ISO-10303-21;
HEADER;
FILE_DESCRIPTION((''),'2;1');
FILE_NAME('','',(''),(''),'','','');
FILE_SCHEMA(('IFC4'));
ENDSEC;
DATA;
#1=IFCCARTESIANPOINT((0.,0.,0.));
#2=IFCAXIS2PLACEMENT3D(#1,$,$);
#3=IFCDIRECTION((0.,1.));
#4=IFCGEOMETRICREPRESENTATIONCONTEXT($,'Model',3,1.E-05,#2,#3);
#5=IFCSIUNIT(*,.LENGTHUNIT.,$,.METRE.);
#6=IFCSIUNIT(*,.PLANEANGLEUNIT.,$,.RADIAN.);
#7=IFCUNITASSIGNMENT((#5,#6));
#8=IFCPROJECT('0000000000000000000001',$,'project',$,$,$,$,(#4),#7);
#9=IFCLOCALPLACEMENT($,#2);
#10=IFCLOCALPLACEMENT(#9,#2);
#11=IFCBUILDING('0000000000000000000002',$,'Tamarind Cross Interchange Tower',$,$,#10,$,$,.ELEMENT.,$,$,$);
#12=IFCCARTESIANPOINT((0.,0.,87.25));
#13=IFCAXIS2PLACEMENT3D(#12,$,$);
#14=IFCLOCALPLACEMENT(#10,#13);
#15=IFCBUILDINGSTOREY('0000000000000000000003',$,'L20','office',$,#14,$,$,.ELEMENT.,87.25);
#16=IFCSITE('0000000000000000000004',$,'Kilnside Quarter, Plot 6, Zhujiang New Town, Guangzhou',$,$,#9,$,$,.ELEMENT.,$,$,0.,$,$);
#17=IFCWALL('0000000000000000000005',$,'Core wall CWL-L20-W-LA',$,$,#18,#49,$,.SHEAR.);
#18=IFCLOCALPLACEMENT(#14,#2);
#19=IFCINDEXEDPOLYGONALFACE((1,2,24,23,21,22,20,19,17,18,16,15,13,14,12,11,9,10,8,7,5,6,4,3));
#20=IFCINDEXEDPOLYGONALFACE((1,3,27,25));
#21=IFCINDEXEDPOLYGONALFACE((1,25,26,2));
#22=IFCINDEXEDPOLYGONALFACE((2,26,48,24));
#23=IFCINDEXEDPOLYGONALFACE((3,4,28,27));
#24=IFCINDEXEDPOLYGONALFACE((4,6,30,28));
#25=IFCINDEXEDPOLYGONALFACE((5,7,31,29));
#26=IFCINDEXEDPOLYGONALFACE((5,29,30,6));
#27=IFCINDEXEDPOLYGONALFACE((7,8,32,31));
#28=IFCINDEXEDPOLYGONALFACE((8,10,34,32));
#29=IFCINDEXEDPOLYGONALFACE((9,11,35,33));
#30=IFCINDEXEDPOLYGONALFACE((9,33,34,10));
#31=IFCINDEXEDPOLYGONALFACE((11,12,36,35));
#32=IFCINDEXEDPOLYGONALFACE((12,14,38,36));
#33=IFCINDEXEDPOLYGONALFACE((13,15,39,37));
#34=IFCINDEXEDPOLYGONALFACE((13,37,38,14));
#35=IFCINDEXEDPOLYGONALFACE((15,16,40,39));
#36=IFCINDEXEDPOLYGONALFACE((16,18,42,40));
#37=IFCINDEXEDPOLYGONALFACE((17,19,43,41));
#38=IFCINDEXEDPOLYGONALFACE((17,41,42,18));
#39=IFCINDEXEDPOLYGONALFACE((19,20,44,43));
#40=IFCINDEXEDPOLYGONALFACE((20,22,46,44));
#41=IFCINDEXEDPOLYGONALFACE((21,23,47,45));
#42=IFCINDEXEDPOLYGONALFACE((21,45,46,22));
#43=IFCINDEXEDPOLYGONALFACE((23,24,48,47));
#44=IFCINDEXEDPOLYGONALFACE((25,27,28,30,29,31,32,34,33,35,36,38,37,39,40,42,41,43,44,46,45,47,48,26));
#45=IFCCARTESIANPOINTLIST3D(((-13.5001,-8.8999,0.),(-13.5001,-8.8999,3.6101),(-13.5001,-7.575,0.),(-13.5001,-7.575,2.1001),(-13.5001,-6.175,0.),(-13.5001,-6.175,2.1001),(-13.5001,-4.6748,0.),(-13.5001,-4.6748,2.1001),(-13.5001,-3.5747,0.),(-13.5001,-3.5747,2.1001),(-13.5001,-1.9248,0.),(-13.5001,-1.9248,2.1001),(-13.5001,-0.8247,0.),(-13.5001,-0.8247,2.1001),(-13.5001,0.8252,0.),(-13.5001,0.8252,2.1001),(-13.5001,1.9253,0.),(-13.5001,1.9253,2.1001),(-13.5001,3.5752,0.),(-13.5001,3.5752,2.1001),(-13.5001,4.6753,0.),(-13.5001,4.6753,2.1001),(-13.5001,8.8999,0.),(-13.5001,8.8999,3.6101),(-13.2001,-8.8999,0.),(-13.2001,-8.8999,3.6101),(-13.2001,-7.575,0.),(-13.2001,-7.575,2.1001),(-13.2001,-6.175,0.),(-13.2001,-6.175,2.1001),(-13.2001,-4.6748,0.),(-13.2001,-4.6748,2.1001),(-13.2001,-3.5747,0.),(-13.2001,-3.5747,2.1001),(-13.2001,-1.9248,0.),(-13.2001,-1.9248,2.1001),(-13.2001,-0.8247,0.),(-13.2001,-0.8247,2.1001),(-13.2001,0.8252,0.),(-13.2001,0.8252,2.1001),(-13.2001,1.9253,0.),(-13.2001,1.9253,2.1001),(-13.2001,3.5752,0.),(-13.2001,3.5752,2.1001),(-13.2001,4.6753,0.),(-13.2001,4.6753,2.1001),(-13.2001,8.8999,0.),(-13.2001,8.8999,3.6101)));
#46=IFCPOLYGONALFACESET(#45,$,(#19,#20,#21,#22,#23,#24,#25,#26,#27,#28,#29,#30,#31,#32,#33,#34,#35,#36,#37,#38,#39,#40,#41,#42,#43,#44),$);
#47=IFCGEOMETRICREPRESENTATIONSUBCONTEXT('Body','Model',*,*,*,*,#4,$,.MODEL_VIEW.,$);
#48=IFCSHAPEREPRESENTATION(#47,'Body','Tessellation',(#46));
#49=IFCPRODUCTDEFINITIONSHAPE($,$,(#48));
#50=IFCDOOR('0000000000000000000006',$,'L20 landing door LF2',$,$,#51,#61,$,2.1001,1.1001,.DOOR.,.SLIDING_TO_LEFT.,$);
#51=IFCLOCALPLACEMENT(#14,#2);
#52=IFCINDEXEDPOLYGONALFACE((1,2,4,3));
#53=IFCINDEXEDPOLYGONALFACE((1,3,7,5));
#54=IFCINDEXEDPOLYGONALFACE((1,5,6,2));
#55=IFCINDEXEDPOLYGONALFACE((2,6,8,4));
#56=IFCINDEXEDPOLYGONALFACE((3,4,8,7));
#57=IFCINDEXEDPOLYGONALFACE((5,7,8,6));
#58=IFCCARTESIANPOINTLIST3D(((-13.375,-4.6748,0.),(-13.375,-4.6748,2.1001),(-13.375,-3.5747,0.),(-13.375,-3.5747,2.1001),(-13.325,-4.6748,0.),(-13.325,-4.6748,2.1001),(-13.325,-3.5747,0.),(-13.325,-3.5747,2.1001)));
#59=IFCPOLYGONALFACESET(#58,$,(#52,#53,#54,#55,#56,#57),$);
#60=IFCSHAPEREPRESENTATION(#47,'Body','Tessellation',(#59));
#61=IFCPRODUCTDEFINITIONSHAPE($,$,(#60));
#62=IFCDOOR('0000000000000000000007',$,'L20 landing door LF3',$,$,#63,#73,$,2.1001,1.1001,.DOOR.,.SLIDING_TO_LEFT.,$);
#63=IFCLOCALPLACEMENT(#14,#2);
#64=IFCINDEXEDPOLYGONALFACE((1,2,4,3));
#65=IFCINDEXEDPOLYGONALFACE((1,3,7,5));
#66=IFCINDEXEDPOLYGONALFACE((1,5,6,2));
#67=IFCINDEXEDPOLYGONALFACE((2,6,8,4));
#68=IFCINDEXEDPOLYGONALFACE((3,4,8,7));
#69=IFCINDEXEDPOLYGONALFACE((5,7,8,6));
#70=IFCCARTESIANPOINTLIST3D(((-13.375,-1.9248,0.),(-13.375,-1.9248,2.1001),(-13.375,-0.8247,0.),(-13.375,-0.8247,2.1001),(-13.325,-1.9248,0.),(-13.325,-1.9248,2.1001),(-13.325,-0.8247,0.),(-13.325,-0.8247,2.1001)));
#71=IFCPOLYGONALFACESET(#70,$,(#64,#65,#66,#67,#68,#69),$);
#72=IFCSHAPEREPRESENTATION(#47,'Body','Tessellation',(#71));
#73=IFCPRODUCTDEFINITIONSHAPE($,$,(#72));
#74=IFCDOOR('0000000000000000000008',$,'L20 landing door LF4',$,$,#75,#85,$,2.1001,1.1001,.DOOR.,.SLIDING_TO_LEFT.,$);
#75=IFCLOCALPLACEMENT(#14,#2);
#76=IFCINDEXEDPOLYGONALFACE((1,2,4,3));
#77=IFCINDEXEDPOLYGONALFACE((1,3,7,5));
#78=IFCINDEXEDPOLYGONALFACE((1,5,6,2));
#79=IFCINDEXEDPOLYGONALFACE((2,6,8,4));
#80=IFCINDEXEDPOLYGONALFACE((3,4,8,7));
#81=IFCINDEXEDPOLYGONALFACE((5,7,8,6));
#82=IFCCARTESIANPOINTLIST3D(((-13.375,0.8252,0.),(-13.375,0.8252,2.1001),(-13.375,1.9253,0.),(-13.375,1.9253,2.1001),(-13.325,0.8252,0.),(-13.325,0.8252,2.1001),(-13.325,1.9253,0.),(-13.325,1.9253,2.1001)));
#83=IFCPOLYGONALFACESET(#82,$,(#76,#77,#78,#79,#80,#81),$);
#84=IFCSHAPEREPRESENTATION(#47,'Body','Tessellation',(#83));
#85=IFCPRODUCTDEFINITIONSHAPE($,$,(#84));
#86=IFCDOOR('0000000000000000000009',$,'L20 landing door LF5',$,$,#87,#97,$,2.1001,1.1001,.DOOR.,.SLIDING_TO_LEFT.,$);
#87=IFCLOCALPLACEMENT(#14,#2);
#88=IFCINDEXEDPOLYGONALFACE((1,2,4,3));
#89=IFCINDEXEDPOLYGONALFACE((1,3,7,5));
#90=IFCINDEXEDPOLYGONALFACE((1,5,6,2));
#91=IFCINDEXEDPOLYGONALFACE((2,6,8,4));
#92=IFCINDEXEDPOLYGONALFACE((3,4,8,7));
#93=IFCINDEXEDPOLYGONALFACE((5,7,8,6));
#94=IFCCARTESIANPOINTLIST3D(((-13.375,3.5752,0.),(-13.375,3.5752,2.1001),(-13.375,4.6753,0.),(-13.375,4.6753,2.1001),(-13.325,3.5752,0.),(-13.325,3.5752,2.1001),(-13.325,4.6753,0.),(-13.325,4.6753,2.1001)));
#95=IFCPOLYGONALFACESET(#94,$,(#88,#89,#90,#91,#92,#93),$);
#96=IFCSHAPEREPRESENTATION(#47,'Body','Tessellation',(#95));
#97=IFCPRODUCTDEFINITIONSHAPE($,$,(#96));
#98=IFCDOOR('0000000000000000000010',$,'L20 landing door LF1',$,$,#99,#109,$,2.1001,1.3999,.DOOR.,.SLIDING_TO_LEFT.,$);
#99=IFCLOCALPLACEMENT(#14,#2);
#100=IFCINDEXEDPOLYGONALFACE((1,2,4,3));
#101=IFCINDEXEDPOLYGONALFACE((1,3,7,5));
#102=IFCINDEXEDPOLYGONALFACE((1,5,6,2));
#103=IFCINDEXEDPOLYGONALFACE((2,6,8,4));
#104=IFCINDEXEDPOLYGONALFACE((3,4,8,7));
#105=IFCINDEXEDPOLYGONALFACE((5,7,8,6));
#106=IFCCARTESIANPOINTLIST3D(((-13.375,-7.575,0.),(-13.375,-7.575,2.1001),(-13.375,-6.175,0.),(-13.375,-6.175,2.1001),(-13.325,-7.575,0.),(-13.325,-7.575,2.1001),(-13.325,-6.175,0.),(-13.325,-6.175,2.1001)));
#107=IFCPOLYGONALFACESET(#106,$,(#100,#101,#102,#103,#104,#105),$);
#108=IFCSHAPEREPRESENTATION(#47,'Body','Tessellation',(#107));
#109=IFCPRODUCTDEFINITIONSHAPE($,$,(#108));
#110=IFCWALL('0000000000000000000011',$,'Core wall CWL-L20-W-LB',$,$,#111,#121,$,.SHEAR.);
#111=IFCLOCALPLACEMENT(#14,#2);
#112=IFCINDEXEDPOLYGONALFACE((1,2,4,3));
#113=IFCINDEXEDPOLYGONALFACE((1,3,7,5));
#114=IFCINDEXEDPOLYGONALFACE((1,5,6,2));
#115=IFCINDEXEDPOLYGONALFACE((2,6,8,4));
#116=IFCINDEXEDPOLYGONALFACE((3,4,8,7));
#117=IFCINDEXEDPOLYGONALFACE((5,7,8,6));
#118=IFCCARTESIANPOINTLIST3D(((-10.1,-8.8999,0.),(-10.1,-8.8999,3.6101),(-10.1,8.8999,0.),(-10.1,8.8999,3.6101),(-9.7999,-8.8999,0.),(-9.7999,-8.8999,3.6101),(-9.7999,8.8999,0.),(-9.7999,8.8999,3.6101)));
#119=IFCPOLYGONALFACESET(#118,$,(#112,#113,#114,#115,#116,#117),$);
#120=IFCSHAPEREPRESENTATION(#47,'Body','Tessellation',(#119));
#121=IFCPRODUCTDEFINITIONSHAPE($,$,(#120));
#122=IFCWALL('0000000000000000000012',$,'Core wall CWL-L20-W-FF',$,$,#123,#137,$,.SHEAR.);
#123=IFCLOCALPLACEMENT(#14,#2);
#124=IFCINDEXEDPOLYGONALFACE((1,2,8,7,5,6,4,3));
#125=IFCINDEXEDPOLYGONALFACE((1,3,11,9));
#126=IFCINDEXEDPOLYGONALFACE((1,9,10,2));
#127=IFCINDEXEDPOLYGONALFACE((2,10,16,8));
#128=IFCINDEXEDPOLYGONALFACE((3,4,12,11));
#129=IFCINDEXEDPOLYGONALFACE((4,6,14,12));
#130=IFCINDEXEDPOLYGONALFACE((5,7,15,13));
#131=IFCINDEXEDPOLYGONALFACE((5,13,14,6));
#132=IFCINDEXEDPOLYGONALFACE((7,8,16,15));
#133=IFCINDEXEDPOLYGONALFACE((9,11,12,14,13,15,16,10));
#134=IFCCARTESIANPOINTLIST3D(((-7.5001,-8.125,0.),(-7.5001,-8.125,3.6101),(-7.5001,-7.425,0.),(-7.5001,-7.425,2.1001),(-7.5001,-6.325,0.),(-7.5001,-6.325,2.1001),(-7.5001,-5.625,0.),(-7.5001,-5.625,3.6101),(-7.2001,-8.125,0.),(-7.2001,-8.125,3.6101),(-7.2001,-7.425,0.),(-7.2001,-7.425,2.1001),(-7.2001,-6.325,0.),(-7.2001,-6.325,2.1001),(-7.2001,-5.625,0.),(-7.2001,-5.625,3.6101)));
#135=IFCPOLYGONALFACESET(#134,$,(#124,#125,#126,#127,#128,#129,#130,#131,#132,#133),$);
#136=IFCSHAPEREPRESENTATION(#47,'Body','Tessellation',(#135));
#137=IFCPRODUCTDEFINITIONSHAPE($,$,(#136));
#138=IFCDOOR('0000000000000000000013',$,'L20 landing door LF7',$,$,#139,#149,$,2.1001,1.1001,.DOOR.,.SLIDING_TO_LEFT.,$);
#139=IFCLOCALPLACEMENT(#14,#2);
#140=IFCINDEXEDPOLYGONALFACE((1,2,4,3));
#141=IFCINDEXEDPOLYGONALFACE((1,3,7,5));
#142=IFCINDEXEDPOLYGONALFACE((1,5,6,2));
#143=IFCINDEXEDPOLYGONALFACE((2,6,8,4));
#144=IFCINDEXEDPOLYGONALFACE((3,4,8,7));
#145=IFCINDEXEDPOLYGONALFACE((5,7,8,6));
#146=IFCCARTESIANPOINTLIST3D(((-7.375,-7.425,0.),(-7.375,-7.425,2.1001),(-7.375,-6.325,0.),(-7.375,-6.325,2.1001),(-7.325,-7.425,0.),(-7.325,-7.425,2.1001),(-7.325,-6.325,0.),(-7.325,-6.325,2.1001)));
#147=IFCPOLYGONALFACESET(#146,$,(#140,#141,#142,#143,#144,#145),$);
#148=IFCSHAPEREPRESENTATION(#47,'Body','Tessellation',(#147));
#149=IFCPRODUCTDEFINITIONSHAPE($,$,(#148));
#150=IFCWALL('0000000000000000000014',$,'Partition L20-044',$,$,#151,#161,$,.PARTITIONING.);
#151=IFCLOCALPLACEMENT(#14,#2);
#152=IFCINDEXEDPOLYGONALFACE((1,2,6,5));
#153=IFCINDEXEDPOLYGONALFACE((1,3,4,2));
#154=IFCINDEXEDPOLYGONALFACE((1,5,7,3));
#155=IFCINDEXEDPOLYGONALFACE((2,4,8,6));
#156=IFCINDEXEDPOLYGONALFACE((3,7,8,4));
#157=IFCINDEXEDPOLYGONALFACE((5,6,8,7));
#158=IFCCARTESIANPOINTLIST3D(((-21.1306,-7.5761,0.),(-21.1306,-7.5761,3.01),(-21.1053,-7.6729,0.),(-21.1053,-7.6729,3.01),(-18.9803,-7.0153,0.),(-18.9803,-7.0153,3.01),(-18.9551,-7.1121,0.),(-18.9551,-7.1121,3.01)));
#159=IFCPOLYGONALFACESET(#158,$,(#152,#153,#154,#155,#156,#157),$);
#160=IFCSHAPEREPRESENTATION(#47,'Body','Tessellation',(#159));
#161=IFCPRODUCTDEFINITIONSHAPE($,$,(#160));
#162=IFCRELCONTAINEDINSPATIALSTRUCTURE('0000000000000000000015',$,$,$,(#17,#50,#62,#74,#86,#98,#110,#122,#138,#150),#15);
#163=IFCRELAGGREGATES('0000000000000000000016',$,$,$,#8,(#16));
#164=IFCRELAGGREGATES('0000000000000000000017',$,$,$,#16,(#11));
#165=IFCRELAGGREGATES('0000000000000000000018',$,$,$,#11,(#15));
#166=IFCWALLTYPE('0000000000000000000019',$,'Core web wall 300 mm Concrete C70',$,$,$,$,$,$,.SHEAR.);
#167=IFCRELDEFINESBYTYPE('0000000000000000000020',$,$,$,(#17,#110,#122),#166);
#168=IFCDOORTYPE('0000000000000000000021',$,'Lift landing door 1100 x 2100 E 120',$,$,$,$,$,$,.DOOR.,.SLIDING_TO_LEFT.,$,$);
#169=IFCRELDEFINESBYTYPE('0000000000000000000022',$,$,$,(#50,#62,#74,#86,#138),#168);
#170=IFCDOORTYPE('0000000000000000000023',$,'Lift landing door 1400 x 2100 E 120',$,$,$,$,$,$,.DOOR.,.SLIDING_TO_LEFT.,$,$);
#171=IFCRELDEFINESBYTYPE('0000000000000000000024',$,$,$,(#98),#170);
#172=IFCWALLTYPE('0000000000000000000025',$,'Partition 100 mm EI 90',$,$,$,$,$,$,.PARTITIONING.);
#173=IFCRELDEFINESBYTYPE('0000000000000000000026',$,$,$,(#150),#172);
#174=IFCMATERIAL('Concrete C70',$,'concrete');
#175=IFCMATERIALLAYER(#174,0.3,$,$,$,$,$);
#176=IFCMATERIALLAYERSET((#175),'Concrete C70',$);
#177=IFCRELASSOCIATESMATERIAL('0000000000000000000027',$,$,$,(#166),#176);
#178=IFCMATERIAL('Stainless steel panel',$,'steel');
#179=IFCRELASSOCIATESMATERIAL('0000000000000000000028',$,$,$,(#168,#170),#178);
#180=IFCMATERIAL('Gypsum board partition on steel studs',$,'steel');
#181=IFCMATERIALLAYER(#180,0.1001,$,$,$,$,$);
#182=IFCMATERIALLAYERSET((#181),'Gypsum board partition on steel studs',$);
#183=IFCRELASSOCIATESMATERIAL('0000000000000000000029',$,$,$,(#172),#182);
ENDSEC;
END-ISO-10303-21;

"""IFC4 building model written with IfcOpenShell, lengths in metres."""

from ifc_helpers import new_model, si_unit, direction, frame, frame_2d, origin, place, context, subcontext, project, spatial, rectangle, extrude, material, layer, layer_set, type_object, element, fill, save


model = new_model("IFC4")

# Units and contexts
model_context = context("Model", 3, precision=1e-05, world=origin(), true_north=direction((0.0, 1.0)))
body_context = subcontext(model_context, "Body", "Model", "MODEL_VIEW")
ifc_project = project(units=[si_unit("LENGTHUNIT", "METRE"), si_unit("PLANEANGLEUNIT", "RADIAN")], contexts=[model_context])

# Site, building, storey
site_placement = place(None, origin())
site = spatial("IfcSite", under=ifc_project, at=site_placement, Name="Kilnside Quarter, Plot 6, Zhujiang New Town, Guangzhou", CompositionType="ELEMENT", RefElevation=0.0)
building_placement = place(site_placement, origin())
building = spatial("IfcBuilding", under=site, at=building_placement, Name="Tamarind Cross Interchange Tower", CompositionType="ELEMENT")
storey_placement = place(building_placement, frame((0.0, 0.0, 87.25)))
storey = spatial("IfcBuildingStorey", under=building, at=storey_placement, Name="L20", Description="office", CompositionType="ELEMENT", Elevation=87.25)

# Shared definitions
ifc_material_1 = material(Name="Concrete C70", Category="concrete")

# Shared definitions
ifc_layer_1 = layer(ifc_material_1, 0.3)
ifc_layer_set_1 = layer_set([ifc_layer_1], Name="Concrete C70")
wall_type_1 = type_object("IfcWallType", Name="Core web wall 300 mm Concrete C70", PredefinedType="SHEAR", material=ifc_layer_set_1)

# Wall, openings, doors
wall_1_placement = place(storey_placement, frame((-13.3501, -8.8999, 0.0), z_axis=(0.0, 0.0, 1.0), x_axis=(0.0, 1.0, 0.0)))
wall_1 = element("IfcWall", 1, at=wall_1_placement, inside=storey, type_object=wall_type_1, Name="Core wall CWL-L20-W-LA", PredefinedType="SHEAR", context=body_context, shape_type="SweptSolid", body=[
    extrude(rectangle(XDim=17.7998, YDim=0.3, at=frame_2d((8.8999, 0.0))), origin(), (0.0, 0.0, 1.0), 3.6101),
])
opening_1_placement = place(wall_1_placement, frame((1.325, 0.0, 0.0)))
opening_1 = element("IfcOpeningElement", 2, at=opening_1_placement, cuts=wall_1, PredefinedType="OPENING", context=body_context, shape_type="SweptSolid", body=[
    extrude(rectangle(XDim=1.3999, YDim=2.1001, at=frame_2d((0.7, 1.05))), frame((0.0, 0.1599, 0.0), z_axis=(0.0, -1.0, 0.0), x_axis=(1.0, 0.0, 0.0)), (0.0, 0.0, 1.0), 0.3201),
])
opening_2_placement = place(wall_1_placement, frame((4.2251, 0.0, 0.0)))
opening_2 = element("IfcOpeningElement", 3, at=opening_2_placement, cuts=wall_1, PredefinedType="OPENING", context=body_context, shape_type="SweptSolid", body=[
    extrude(rectangle(XDim=1.1001, YDim=2.1001, at=frame_2d((0.55, 1.05))), frame((0.0, 0.1599, 0.0), z_axis=(0.0, -1.0, 0.0), x_axis=(1.0, 0.0, 0.0)), (0.0, 0.0, 1.0), 0.3201),
])
opening_3_placement = place(wall_1_placement, frame((6.9751, 0.0, 0.0)))
opening_3 = element("IfcOpeningElement", 4, at=opening_3_placement, cuts=wall_1, PredefinedType="OPENING", context=body_context, shape_type="SweptSolid", body=[
    extrude(rectangle(XDim=1.1001, YDim=2.1001, at=frame_2d((0.55, 1.05))), frame((0.0, 0.1599, 0.0), z_axis=(0.0, -1.0, 0.0), x_axis=(1.0, 0.0, 0.0)), (0.0, 0.0, 1.0), 0.3201),
])
opening_4_placement = place(wall_1_placement, frame((9.7251, 0.0, 0.0)))
opening_4 = element("IfcOpeningElement", 5, at=opening_4_placement, cuts=wall_1, PredefinedType="OPENING", context=body_context, shape_type="SweptSolid", body=[
    extrude(rectangle(XDim=1.1001, YDim=2.1001, at=frame_2d((0.55, 1.05))), frame((0.0, 0.1599, 0.0), z_axis=(0.0, -1.0, 0.0), x_axis=(1.0, 0.0, 0.0)), (0.0, 0.0, 1.0), 0.3201),
])
opening_5_placement = place(wall_1_placement, frame((12.4751, 0.0, 0.0)))
opening_5 = element("IfcOpeningElement", 6, at=opening_5_placement, cuts=wall_1, PredefinedType="OPENING", context=body_context, shape_type="SweptSolid", body=[
    extrude(rectangle(XDim=1.1001, YDim=2.1001, at=frame_2d((0.55, 1.05))), frame((0.0, 0.1599, 0.0), z_axis=(0.0, -1.0, 0.0), x_axis=(1.0, 0.0, 0.0)), (0.0, 0.0, 1.0), 0.3201),
])
ifc_material_2 = material(Name="Stainless steel panel", Category="steel")
door_type_1 = type_object("IfcDoorType", Name="Lift landing door 1100 x 2100 E 120", OperationType="SLIDING_TO_LEFT", PredefinedType="DOOR", material=ifc_material_2)
door_1_placement = place(opening_2_placement, origin())
door_1 = element("IfcDoor", 7, at=door_1_placement, inside=storey, type_object=door_type_1, Name="L20 landing door LF2", OperationType="SLIDING_TO_LEFT", OverallHeight=2.1001, OverallWidth=1.1001, PredefinedType="DOOR", context=body_context, shape_type="SweptSolid", body=[
    extrude(rectangle(XDim=1.1001, YDim=2.1001, at=frame_2d((0.55, 1.05))), frame((0.0, 0.0249, 0.0), z_axis=(0.0, -1.0, 0.0), x_axis=(1.0, 0.0, 0.0)), (0.0, 0.0, 1.0), 0.05),
])
fill(opening_2, door_1)
door_2_placement = place(opening_3_placement, origin())
door_2 = element("IfcDoor", 8, at=door_2_placement, inside=storey, type_object=door_type_1, Name="L20 landing door LF3", OperationType="SLIDING_TO_LEFT", OverallHeight=2.1001, OverallWidth=1.1001, PredefinedType="DOOR", context=body_context, shape_type="SweptSolid", body=[
    extrude(rectangle(XDim=1.1001, YDim=2.1001, at=frame_2d((0.55, 1.05))), frame((0.0, 0.0249, 0.0), z_axis=(0.0, -1.0, 0.0), x_axis=(1.0, 0.0, 0.0)), (0.0, 0.0, 1.0), 0.05),
])
fill(opening_3, door_2)
door_3_placement = place(opening_4_placement, origin())
door_3 = element("IfcDoor", 9, at=door_3_placement, inside=storey, type_object=door_type_1, Name="L20 landing door LF4", OperationType="SLIDING_TO_LEFT", OverallHeight=2.1001, OverallWidth=1.1001, PredefinedType="DOOR", context=body_context, shape_type="SweptSolid", body=[
    extrude(rectangle(XDim=1.1001, YDim=2.1001, at=frame_2d((0.55, 1.05))), frame((0.0, 0.0249, 0.0), z_axis=(0.0, -1.0, 0.0), x_axis=(1.0, 0.0, 0.0)), (0.0, 0.0, 1.0), 0.05),
])
fill(opening_4, door_3)
door_4_placement = place(opening_5_placement, origin())
door_4 = element("IfcDoor", 10, at=door_4_placement, inside=storey, type_object=door_type_1, Name="L20 landing door LF5", OperationType="SLIDING_TO_LEFT", OverallHeight=2.1001, OverallWidth=1.1001, PredefinedType="DOOR", context=body_context, shape_type="SweptSolid", body=[
    extrude(rectangle(XDim=1.1001, YDim=2.1001, at=frame_2d((0.55, 1.05))), frame((0.0, 0.0249, 0.0), z_axis=(0.0, -1.0, 0.0), x_axis=(1.0, 0.0, 0.0)), (0.0, 0.0, 1.0), 0.05),
])
fill(opening_5, door_4)
door_type_2 = type_object("IfcDoorType", Name="Lift landing door 1400 x 2100 E 120", OperationType="SLIDING_TO_LEFT", PredefinedType="DOOR", material=ifc_material_2)
door_5_placement = place(opening_1_placement, origin())
door_5 = element("IfcDoor", 11, at=door_5_placement, inside=storey, type_object=door_type_2, Name="L20 landing door LF1", OperationType="SLIDING_TO_LEFT", OverallHeight=2.1001, OverallWidth=1.3999, PredefinedType="DOOR", context=body_context, shape_type="SweptSolid", body=[
    extrude(rectangle(XDim=1.3999, YDim=2.1001, at=frame_2d((0.7, 1.05))), frame((0.0, 0.0249, 0.0), z_axis=(0.0, -1.0, 0.0), x_axis=(1.0, 0.0, 0.0)), (0.0, 0.0, 1.0), 0.05),
])
fill(opening_1, door_5)

# Wall
wall_2_placement = place(storey_placement, frame((-9.95, -8.8999, 0.0), z_axis=(0.0, 0.0, 1.0), x_axis=(0.0, 1.0, 0.0)))
element("IfcWall", 12, at=wall_2_placement, inside=storey, type_object=wall_type_1, Name="Core wall CWL-L20-W-LB", PredefinedType="SHEAR", context=body_context, shape_type="SweptSolid", body=[
    extrude(rectangle(XDim=17.7998, YDim=0.3, at=frame_2d((8.8999, 0.0))), origin(), (0.0, 0.0, 1.0), 3.6101),
])

# Wall, opening, door
wall_3_placement = place(storey_placement, frame((-7.3501, -8.125, 0.0), z_axis=(0.0, 0.0, 1.0), x_axis=(0.0, 1.0, 0.0)))
wall_3 = element("IfcWall", 13, at=wall_3_placement, inside=storey, type_object=wall_type_1, Name="Core wall CWL-L20-W-FF", PredefinedType="SHEAR", context=body_context, shape_type="SweptSolid", body=[
    extrude(rectangle(XDim=2.5, YDim=0.3, at=frame_2d((1.25, 0.0))), origin(), (0.0, 0.0, 1.0), 3.6101),
])
opening_6_placement = place(wall_3_placement, frame((0.7, 0.0, 0.0)))
opening_6 = element("IfcOpeningElement", 14, at=opening_6_placement, cuts=wall_3, PredefinedType="OPENING", context=body_context, shape_type="SweptSolid", body=[
    extrude(rectangle(XDim=1.1001, YDim=2.1001, at=frame_2d((0.55, 1.05))), frame((0.0, 0.1599, 0.0), z_axis=(0.0, -1.0, 0.0), x_axis=(1.0, 0.0, 0.0)), (0.0, 0.0, 1.0), 0.3201),
])
door_6_placement = place(opening_6_placement, origin())
door_6 = element("IfcDoor", 15, at=door_6_placement, inside=storey, type_object=door_type_1, Name="L20 landing door LF7", OperationType="SLIDING_TO_LEFT", OverallHeight=2.1001, OverallWidth=1.1001, PredefinedType="DOOR", context=body_context, shape_type="SweptSolid", body=[
    extrude(rectangle(XDim=1.1001, YDim=2.1001, at=frame_2d((0.55, 1.05))), frame((0.0, 0.0249, 0.0), z_axis=(0.0, -1.0, 0.0), x_axis=(1.0, 0.0, 0.0)), (0.0, 0.0, 1.0), 0.05),
])
fill(opening_6, door_6)

# Wall
ifc_material_3 = material(Name="Gypsum board partition on steel studs", Category="steel")
ifc_layer_2 = layer(ifc_material_3, 0.1001)
ifc_layer_set_2 = layer_set([ifc_layer_2], Name="Gypsum board partition on steel studs")
wall_type_2 = type_object("IfcWallType", Name="Partition 100 mm EI 90", PredefinedType="PARTITIONING", material=ifc_layer_set_2)
wall_4_placement = place(storey_placement, frame((-21.1179, -7.6245, 0.0), z_axis=(0.0, 0.0, 1.0), x_axis=(0.96763, 0.252373, 0.0)))
element("IfcWall", 16, at=wall_4_placement, inside=storey, type_object=wall_type_2, Name="Partition L20-044", PredefinedType="PARTITIONING", context=body_context, shape_type="SweptSolid", body=[
    extrude(rectangle(XDim=2.2222, YDim=0.1001, at=frame_2d((1.1111, 0.0))), origin(), (0.0, 0.0, 1.0), 3.01),
])

save(model, "model.ifc")
